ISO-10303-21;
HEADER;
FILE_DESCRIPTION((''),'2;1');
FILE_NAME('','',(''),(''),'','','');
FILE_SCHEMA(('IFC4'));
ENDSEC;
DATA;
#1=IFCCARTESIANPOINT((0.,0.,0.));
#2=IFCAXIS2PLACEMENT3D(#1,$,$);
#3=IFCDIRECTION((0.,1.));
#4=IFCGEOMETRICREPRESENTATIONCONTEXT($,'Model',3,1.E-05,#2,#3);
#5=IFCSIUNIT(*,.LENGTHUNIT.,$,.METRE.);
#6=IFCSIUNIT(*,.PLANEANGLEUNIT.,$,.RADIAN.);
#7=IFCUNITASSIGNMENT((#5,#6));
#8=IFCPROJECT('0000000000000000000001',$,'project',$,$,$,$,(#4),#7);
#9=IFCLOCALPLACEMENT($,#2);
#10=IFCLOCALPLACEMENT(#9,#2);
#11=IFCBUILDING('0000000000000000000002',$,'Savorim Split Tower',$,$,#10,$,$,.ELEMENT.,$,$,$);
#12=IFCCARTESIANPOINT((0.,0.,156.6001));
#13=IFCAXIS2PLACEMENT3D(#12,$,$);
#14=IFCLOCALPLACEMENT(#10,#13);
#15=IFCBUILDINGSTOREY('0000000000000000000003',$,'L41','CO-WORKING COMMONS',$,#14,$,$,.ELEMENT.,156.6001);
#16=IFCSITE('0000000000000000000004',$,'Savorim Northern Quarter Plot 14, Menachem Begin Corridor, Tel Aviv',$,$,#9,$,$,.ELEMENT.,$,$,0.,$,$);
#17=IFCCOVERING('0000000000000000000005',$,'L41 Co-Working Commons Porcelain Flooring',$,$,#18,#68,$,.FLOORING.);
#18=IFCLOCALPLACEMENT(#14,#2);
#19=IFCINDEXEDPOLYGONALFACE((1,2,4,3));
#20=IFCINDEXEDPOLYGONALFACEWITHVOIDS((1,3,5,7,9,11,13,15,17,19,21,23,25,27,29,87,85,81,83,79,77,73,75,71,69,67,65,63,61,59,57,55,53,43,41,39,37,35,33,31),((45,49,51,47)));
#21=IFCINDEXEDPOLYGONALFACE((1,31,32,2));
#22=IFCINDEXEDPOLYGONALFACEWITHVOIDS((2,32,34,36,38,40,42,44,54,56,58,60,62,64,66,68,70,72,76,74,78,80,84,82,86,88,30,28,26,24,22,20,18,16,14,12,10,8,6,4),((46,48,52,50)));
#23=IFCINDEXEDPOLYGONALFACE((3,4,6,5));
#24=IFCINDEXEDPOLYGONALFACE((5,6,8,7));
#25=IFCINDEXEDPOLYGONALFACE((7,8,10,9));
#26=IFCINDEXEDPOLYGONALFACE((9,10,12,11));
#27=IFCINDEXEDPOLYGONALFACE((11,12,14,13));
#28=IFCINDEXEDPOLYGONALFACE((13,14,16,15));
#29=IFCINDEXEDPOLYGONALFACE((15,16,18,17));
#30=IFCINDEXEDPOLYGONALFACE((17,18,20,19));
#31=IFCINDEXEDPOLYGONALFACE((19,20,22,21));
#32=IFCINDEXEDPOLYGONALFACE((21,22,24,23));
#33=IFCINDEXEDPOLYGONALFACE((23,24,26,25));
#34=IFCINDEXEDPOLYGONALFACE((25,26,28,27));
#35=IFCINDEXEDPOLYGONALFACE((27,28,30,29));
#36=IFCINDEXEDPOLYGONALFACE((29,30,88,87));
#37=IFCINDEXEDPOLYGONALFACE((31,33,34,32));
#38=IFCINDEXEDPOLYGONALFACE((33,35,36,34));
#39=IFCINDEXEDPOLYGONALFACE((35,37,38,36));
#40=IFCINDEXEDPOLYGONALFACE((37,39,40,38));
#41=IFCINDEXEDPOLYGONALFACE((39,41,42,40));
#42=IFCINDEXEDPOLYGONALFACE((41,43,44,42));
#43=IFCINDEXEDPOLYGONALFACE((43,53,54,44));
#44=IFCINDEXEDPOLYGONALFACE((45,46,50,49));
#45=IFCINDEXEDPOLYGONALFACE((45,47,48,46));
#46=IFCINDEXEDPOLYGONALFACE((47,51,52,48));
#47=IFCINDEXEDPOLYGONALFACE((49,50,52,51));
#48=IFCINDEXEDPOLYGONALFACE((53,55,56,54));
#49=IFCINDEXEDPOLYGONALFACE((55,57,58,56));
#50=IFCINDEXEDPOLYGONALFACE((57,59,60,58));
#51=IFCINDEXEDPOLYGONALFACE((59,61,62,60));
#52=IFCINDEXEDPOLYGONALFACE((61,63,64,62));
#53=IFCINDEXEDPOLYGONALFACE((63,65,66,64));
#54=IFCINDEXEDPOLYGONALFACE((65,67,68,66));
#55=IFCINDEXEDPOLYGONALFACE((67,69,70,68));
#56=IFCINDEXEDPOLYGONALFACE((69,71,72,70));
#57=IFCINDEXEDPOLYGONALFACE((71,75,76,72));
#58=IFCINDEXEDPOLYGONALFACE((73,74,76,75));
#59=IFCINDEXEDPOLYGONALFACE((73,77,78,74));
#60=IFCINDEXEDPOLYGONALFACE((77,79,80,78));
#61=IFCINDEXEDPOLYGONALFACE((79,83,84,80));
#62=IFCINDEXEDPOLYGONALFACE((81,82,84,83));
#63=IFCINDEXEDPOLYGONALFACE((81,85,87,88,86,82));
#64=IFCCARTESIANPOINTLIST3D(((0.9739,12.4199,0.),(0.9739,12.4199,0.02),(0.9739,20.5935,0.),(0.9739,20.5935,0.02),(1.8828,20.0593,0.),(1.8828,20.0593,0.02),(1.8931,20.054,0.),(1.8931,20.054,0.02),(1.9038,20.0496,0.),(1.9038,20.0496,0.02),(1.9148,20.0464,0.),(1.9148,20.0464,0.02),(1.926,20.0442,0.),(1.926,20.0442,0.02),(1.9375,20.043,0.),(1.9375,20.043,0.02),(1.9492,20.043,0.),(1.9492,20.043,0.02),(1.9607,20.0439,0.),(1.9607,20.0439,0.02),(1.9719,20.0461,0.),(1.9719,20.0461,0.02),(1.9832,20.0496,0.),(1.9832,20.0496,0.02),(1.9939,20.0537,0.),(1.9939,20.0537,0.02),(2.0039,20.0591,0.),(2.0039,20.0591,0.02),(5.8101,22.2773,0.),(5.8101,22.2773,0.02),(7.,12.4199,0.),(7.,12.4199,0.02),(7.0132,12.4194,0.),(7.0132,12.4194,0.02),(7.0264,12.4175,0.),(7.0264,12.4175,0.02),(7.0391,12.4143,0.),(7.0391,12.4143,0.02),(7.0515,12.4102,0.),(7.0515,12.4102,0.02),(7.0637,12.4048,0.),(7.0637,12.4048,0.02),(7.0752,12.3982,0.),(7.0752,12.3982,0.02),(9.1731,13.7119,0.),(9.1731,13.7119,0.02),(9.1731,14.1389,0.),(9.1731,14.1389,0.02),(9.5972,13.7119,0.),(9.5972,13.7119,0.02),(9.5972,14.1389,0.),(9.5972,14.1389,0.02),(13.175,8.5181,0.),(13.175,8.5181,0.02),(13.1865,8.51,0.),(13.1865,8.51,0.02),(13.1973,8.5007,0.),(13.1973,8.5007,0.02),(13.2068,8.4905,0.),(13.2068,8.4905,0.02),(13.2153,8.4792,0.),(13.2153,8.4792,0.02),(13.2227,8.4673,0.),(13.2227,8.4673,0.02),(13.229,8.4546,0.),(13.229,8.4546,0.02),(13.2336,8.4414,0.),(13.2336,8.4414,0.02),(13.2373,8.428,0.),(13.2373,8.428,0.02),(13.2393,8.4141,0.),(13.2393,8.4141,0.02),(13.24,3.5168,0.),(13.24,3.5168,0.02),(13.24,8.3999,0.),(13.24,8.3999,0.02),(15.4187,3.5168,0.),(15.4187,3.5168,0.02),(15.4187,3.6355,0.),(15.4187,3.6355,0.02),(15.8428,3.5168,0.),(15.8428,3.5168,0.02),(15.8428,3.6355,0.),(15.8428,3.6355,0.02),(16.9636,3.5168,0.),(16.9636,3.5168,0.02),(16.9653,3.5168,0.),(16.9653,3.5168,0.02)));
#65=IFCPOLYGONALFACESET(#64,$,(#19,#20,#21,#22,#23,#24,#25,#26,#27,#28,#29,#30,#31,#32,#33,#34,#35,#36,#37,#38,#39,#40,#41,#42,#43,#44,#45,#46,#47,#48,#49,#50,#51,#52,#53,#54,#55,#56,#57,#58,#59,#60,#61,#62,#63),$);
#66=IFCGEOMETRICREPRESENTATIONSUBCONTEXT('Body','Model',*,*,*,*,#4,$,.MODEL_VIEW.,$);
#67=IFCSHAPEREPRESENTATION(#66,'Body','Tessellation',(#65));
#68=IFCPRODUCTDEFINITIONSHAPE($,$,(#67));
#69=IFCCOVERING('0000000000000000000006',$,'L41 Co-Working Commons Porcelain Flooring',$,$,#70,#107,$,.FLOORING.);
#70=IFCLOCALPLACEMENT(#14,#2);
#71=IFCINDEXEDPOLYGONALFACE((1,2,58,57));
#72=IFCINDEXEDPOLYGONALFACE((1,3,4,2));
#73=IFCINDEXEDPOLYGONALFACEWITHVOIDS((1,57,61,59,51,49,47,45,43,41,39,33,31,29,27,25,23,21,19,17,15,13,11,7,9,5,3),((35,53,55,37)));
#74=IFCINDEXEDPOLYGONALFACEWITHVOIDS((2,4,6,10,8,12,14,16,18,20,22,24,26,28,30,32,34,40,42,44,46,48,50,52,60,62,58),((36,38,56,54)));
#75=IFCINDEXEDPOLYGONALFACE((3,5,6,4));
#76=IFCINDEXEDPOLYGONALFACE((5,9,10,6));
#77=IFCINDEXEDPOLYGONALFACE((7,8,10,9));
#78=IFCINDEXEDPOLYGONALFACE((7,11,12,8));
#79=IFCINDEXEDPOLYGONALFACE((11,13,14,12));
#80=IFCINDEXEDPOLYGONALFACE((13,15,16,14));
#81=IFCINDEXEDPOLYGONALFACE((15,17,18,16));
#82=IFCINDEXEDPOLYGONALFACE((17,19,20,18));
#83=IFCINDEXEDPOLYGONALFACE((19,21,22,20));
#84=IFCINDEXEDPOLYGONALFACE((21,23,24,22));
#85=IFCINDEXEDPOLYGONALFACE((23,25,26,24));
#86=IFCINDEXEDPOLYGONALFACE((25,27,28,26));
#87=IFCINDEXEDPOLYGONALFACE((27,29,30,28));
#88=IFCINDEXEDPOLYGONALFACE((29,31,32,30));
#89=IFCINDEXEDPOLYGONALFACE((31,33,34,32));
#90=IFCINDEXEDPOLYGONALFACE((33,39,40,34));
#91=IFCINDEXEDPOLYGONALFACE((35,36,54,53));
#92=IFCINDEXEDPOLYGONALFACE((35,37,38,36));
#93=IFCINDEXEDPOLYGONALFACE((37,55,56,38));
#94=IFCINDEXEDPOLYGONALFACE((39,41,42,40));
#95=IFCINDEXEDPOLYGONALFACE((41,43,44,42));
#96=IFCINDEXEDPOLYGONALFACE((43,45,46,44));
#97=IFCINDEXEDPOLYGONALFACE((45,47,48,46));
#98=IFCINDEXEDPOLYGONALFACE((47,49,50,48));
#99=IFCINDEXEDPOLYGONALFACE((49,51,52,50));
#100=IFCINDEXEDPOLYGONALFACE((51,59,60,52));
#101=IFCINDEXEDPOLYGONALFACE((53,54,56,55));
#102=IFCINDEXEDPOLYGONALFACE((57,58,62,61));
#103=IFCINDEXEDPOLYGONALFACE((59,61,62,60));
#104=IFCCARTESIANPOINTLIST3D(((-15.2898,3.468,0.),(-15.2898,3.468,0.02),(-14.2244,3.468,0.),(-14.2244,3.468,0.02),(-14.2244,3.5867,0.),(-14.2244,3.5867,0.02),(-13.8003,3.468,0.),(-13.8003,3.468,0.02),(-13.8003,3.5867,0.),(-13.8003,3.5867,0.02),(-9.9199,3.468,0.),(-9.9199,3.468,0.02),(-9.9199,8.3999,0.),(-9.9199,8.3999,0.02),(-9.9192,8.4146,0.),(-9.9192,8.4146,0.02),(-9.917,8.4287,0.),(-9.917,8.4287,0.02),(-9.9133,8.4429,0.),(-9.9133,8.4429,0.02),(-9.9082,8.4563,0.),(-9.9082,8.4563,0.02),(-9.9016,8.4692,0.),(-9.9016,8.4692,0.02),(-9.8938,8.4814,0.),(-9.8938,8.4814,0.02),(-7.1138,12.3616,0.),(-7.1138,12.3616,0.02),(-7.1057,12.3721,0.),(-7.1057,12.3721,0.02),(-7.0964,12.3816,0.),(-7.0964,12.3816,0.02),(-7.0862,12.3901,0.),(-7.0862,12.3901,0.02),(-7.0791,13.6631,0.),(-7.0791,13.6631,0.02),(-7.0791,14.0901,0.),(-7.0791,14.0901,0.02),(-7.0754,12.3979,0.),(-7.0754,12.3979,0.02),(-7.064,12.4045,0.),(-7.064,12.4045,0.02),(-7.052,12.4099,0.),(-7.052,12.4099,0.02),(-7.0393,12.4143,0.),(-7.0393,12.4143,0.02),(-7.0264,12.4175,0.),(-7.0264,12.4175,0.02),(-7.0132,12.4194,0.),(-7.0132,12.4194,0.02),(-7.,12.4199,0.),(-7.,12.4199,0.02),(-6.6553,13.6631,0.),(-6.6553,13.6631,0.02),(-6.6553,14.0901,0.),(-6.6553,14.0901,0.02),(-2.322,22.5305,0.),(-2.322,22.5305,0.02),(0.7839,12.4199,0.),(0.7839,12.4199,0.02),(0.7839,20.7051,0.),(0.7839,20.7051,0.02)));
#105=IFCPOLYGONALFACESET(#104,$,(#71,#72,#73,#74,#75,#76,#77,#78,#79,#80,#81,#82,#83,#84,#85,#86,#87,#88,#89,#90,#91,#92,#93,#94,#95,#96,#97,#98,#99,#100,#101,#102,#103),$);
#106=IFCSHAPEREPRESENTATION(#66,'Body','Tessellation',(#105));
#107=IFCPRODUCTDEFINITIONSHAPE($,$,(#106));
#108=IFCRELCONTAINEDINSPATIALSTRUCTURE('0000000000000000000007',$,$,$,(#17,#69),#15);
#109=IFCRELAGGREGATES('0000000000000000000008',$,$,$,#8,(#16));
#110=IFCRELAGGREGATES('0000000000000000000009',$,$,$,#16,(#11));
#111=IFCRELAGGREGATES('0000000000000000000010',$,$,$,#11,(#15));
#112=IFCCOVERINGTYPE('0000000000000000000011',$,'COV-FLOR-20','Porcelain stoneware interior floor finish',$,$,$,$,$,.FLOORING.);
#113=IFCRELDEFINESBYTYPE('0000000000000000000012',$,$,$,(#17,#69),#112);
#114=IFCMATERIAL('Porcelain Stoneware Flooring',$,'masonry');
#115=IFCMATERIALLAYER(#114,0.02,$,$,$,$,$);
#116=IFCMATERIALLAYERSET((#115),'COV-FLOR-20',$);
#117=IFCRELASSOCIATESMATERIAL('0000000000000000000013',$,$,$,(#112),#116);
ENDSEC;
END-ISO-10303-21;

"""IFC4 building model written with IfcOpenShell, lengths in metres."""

from ifc_helpers import new_model, si_unit, direction, frame, origin, place, context, subcontext, project, spatial, polyline, outline, extrude, material, layer, layer_set, type_object, element, save


model = new_model("IFC4")

# Units and contexts
model_context = context("Model", 3, precision=1e-05, world=origin(), true_north=direction((0.0, 1.0)))
body_context = subcontext(model_context, "Body", "Model", "MODEL_VIEW")
ifc_project = project(units=[si_unit("LENGTHUNIT", "METRE"), si_unit("PLANEANGLEUNIT", "RADIAN")], contexts=[model_context])

# Site, building, storey
site_placement = place(None, origin())
site = spatial("IfcSite", under=ifc_project, at=site_placement, Name="Savorim Northern Quarter Plot 14, Menachem Begin Corridor, Tel Aviv", CompositionType="ELEMENT", RefElevation=0.0)
building_placement = place(site_placement, origin())
building = spatial("IfcBuilding", under=site, at=building_placement, Name="Savorim Split Tower", CompositionType="ELEMENT")
storey_placement = place(building_placement, frame((0.0, 0.0, 156.6001)))
storey = spatial("IfcBuildingStorey", under=building, at=storey_placement, Name="L41", Description="CO-WORKING COMMONS", CompositionType="ELEMENT", Elevation=156.6001)

# Coverings
ifc_material_1 = material(Name="Porcelain Stoneware Flooring", Category="masonry")
ifc_layer_1 = layer(ifc_material_1, 0.02)
ifc_layer_set_1 = layer_set([ifc_layer_1], Name="COV-FLOR-20")
covering_type_1 = type_object("IfcCoveringType", Name="COV-FLOR-20", Description="Porcelain stoneware interior floor finish", PredefinedType="FLOORING", material=ifc_layer_set_1)
covering_1_placement = place(storey_placement, origin())
element("IfcCovering", 1, at=covering_1_placement, inside=storey, type_object=covering_type_1, Name="L41 Co-Working Commons Porcelain Flooring", PredefinedType="FLOORING", context=body_context, shape_type="SweptSolid", body=[
    extrude(outline(polyline([(1.9038, 20.0496), (1.8931, 20.054), (1.8828, 20.0593), (0.9739, 20.5935), (0.9739, 12.4199), (7.0, 12.4199), (7.0132, 12.4194), (7.0264, 12.4175), (7.0391, 12.4143), (7.0515, 12.4102), (7.0637, 12.4048), (7.0752, 12.3982), (13.175, 8.5181), (13.1865, 8.51), (13.1973, 8.5007), (13.2068, 8.4905), (13.2153, 8.4792), (13.2227, 8.4673), (13.229, 8.4546), (13.2336, 8.4414), (13.2373, 8.428), (13.2393, 8.4141), (13.24, 8.3999), (13.24, 3.5168), (15.4187, 3.5168), (15.4187, 3.6355), (15.8428, 3.6355), (15.8428, 3.5168), (16.9636, 3.5168), (16.9653, 3.5168), (5.8101, 22.2773), (2.0039, 20.0591), (1.9939, 20.0537), (1.9832, 20.0496), (1.9719, 20.0461), (1.9607, 20.0439), (1.9492, 20.043), (1.9375, 20.043), (1.926, 20.0442), (1.9148, 20.0464), (1.9038, 20.0496)]), holes=[polyline([(9.5972, 14.1389), (9.1731, 14.1389), (9.1731, 13.7119), (9.5972, 13.7119), (9.5972, 14.1389)])]), origin(), (0.0, 0.0, 1.0), 0.02),
])
covering_2_placement = place(storey_placement, origin())
element("IfcCovering", 2, at=covering_2_placement, inside=storey, type_object=covering_type_1, Name="L41 Co-Working Commons Porcelain Flooring", PredefinedType="FLOORING", context=body_context, shape_type="SweptSolid", body=[
    extrude(outline(polyline([(-7.0, 12.4199), (0.7839, 12.4199), (0.7839, 20.7051), (-2.322, 22.5305), (-15.2898, 3.468), (-14.2244, 3.468), (-14.2244, 3.5867), (-13.8003, 3.5867), (-13.8003, 3.468), (-9.9199, 3.468), (-9.9199, 8.3999), (-9.9192, 8.4146), (-9.917, 8.4287), (-9.9133, 8.4429), (-9.9082, 8.4563), (-9.9016, 8.4692), (-9.8938, 8.4814), (-7.1138, 12.3616), (-7.1057, 12.3721), (-7.0964, 12.3816), (-7.0862, 12.3901), (-7.0754, 12.3979), (-7.064, 12.4045), (-7.052, 12.4099), (-7.0393, 12.4143), (-7.0264, 12.4175), (-7.0132, 12.4194), (-7.0, 12.4199)]), holes=[polyline([(-6.6553, 14.0901), (-7.0791, 14.0901), (-7.0791, 13.6631), (-6.6553, 13.6631), (-6.6553, 14.0901)])]), origin(), (0.0, 0.0, 1.0), 0.02),
])

save(model, "model.ifc")
